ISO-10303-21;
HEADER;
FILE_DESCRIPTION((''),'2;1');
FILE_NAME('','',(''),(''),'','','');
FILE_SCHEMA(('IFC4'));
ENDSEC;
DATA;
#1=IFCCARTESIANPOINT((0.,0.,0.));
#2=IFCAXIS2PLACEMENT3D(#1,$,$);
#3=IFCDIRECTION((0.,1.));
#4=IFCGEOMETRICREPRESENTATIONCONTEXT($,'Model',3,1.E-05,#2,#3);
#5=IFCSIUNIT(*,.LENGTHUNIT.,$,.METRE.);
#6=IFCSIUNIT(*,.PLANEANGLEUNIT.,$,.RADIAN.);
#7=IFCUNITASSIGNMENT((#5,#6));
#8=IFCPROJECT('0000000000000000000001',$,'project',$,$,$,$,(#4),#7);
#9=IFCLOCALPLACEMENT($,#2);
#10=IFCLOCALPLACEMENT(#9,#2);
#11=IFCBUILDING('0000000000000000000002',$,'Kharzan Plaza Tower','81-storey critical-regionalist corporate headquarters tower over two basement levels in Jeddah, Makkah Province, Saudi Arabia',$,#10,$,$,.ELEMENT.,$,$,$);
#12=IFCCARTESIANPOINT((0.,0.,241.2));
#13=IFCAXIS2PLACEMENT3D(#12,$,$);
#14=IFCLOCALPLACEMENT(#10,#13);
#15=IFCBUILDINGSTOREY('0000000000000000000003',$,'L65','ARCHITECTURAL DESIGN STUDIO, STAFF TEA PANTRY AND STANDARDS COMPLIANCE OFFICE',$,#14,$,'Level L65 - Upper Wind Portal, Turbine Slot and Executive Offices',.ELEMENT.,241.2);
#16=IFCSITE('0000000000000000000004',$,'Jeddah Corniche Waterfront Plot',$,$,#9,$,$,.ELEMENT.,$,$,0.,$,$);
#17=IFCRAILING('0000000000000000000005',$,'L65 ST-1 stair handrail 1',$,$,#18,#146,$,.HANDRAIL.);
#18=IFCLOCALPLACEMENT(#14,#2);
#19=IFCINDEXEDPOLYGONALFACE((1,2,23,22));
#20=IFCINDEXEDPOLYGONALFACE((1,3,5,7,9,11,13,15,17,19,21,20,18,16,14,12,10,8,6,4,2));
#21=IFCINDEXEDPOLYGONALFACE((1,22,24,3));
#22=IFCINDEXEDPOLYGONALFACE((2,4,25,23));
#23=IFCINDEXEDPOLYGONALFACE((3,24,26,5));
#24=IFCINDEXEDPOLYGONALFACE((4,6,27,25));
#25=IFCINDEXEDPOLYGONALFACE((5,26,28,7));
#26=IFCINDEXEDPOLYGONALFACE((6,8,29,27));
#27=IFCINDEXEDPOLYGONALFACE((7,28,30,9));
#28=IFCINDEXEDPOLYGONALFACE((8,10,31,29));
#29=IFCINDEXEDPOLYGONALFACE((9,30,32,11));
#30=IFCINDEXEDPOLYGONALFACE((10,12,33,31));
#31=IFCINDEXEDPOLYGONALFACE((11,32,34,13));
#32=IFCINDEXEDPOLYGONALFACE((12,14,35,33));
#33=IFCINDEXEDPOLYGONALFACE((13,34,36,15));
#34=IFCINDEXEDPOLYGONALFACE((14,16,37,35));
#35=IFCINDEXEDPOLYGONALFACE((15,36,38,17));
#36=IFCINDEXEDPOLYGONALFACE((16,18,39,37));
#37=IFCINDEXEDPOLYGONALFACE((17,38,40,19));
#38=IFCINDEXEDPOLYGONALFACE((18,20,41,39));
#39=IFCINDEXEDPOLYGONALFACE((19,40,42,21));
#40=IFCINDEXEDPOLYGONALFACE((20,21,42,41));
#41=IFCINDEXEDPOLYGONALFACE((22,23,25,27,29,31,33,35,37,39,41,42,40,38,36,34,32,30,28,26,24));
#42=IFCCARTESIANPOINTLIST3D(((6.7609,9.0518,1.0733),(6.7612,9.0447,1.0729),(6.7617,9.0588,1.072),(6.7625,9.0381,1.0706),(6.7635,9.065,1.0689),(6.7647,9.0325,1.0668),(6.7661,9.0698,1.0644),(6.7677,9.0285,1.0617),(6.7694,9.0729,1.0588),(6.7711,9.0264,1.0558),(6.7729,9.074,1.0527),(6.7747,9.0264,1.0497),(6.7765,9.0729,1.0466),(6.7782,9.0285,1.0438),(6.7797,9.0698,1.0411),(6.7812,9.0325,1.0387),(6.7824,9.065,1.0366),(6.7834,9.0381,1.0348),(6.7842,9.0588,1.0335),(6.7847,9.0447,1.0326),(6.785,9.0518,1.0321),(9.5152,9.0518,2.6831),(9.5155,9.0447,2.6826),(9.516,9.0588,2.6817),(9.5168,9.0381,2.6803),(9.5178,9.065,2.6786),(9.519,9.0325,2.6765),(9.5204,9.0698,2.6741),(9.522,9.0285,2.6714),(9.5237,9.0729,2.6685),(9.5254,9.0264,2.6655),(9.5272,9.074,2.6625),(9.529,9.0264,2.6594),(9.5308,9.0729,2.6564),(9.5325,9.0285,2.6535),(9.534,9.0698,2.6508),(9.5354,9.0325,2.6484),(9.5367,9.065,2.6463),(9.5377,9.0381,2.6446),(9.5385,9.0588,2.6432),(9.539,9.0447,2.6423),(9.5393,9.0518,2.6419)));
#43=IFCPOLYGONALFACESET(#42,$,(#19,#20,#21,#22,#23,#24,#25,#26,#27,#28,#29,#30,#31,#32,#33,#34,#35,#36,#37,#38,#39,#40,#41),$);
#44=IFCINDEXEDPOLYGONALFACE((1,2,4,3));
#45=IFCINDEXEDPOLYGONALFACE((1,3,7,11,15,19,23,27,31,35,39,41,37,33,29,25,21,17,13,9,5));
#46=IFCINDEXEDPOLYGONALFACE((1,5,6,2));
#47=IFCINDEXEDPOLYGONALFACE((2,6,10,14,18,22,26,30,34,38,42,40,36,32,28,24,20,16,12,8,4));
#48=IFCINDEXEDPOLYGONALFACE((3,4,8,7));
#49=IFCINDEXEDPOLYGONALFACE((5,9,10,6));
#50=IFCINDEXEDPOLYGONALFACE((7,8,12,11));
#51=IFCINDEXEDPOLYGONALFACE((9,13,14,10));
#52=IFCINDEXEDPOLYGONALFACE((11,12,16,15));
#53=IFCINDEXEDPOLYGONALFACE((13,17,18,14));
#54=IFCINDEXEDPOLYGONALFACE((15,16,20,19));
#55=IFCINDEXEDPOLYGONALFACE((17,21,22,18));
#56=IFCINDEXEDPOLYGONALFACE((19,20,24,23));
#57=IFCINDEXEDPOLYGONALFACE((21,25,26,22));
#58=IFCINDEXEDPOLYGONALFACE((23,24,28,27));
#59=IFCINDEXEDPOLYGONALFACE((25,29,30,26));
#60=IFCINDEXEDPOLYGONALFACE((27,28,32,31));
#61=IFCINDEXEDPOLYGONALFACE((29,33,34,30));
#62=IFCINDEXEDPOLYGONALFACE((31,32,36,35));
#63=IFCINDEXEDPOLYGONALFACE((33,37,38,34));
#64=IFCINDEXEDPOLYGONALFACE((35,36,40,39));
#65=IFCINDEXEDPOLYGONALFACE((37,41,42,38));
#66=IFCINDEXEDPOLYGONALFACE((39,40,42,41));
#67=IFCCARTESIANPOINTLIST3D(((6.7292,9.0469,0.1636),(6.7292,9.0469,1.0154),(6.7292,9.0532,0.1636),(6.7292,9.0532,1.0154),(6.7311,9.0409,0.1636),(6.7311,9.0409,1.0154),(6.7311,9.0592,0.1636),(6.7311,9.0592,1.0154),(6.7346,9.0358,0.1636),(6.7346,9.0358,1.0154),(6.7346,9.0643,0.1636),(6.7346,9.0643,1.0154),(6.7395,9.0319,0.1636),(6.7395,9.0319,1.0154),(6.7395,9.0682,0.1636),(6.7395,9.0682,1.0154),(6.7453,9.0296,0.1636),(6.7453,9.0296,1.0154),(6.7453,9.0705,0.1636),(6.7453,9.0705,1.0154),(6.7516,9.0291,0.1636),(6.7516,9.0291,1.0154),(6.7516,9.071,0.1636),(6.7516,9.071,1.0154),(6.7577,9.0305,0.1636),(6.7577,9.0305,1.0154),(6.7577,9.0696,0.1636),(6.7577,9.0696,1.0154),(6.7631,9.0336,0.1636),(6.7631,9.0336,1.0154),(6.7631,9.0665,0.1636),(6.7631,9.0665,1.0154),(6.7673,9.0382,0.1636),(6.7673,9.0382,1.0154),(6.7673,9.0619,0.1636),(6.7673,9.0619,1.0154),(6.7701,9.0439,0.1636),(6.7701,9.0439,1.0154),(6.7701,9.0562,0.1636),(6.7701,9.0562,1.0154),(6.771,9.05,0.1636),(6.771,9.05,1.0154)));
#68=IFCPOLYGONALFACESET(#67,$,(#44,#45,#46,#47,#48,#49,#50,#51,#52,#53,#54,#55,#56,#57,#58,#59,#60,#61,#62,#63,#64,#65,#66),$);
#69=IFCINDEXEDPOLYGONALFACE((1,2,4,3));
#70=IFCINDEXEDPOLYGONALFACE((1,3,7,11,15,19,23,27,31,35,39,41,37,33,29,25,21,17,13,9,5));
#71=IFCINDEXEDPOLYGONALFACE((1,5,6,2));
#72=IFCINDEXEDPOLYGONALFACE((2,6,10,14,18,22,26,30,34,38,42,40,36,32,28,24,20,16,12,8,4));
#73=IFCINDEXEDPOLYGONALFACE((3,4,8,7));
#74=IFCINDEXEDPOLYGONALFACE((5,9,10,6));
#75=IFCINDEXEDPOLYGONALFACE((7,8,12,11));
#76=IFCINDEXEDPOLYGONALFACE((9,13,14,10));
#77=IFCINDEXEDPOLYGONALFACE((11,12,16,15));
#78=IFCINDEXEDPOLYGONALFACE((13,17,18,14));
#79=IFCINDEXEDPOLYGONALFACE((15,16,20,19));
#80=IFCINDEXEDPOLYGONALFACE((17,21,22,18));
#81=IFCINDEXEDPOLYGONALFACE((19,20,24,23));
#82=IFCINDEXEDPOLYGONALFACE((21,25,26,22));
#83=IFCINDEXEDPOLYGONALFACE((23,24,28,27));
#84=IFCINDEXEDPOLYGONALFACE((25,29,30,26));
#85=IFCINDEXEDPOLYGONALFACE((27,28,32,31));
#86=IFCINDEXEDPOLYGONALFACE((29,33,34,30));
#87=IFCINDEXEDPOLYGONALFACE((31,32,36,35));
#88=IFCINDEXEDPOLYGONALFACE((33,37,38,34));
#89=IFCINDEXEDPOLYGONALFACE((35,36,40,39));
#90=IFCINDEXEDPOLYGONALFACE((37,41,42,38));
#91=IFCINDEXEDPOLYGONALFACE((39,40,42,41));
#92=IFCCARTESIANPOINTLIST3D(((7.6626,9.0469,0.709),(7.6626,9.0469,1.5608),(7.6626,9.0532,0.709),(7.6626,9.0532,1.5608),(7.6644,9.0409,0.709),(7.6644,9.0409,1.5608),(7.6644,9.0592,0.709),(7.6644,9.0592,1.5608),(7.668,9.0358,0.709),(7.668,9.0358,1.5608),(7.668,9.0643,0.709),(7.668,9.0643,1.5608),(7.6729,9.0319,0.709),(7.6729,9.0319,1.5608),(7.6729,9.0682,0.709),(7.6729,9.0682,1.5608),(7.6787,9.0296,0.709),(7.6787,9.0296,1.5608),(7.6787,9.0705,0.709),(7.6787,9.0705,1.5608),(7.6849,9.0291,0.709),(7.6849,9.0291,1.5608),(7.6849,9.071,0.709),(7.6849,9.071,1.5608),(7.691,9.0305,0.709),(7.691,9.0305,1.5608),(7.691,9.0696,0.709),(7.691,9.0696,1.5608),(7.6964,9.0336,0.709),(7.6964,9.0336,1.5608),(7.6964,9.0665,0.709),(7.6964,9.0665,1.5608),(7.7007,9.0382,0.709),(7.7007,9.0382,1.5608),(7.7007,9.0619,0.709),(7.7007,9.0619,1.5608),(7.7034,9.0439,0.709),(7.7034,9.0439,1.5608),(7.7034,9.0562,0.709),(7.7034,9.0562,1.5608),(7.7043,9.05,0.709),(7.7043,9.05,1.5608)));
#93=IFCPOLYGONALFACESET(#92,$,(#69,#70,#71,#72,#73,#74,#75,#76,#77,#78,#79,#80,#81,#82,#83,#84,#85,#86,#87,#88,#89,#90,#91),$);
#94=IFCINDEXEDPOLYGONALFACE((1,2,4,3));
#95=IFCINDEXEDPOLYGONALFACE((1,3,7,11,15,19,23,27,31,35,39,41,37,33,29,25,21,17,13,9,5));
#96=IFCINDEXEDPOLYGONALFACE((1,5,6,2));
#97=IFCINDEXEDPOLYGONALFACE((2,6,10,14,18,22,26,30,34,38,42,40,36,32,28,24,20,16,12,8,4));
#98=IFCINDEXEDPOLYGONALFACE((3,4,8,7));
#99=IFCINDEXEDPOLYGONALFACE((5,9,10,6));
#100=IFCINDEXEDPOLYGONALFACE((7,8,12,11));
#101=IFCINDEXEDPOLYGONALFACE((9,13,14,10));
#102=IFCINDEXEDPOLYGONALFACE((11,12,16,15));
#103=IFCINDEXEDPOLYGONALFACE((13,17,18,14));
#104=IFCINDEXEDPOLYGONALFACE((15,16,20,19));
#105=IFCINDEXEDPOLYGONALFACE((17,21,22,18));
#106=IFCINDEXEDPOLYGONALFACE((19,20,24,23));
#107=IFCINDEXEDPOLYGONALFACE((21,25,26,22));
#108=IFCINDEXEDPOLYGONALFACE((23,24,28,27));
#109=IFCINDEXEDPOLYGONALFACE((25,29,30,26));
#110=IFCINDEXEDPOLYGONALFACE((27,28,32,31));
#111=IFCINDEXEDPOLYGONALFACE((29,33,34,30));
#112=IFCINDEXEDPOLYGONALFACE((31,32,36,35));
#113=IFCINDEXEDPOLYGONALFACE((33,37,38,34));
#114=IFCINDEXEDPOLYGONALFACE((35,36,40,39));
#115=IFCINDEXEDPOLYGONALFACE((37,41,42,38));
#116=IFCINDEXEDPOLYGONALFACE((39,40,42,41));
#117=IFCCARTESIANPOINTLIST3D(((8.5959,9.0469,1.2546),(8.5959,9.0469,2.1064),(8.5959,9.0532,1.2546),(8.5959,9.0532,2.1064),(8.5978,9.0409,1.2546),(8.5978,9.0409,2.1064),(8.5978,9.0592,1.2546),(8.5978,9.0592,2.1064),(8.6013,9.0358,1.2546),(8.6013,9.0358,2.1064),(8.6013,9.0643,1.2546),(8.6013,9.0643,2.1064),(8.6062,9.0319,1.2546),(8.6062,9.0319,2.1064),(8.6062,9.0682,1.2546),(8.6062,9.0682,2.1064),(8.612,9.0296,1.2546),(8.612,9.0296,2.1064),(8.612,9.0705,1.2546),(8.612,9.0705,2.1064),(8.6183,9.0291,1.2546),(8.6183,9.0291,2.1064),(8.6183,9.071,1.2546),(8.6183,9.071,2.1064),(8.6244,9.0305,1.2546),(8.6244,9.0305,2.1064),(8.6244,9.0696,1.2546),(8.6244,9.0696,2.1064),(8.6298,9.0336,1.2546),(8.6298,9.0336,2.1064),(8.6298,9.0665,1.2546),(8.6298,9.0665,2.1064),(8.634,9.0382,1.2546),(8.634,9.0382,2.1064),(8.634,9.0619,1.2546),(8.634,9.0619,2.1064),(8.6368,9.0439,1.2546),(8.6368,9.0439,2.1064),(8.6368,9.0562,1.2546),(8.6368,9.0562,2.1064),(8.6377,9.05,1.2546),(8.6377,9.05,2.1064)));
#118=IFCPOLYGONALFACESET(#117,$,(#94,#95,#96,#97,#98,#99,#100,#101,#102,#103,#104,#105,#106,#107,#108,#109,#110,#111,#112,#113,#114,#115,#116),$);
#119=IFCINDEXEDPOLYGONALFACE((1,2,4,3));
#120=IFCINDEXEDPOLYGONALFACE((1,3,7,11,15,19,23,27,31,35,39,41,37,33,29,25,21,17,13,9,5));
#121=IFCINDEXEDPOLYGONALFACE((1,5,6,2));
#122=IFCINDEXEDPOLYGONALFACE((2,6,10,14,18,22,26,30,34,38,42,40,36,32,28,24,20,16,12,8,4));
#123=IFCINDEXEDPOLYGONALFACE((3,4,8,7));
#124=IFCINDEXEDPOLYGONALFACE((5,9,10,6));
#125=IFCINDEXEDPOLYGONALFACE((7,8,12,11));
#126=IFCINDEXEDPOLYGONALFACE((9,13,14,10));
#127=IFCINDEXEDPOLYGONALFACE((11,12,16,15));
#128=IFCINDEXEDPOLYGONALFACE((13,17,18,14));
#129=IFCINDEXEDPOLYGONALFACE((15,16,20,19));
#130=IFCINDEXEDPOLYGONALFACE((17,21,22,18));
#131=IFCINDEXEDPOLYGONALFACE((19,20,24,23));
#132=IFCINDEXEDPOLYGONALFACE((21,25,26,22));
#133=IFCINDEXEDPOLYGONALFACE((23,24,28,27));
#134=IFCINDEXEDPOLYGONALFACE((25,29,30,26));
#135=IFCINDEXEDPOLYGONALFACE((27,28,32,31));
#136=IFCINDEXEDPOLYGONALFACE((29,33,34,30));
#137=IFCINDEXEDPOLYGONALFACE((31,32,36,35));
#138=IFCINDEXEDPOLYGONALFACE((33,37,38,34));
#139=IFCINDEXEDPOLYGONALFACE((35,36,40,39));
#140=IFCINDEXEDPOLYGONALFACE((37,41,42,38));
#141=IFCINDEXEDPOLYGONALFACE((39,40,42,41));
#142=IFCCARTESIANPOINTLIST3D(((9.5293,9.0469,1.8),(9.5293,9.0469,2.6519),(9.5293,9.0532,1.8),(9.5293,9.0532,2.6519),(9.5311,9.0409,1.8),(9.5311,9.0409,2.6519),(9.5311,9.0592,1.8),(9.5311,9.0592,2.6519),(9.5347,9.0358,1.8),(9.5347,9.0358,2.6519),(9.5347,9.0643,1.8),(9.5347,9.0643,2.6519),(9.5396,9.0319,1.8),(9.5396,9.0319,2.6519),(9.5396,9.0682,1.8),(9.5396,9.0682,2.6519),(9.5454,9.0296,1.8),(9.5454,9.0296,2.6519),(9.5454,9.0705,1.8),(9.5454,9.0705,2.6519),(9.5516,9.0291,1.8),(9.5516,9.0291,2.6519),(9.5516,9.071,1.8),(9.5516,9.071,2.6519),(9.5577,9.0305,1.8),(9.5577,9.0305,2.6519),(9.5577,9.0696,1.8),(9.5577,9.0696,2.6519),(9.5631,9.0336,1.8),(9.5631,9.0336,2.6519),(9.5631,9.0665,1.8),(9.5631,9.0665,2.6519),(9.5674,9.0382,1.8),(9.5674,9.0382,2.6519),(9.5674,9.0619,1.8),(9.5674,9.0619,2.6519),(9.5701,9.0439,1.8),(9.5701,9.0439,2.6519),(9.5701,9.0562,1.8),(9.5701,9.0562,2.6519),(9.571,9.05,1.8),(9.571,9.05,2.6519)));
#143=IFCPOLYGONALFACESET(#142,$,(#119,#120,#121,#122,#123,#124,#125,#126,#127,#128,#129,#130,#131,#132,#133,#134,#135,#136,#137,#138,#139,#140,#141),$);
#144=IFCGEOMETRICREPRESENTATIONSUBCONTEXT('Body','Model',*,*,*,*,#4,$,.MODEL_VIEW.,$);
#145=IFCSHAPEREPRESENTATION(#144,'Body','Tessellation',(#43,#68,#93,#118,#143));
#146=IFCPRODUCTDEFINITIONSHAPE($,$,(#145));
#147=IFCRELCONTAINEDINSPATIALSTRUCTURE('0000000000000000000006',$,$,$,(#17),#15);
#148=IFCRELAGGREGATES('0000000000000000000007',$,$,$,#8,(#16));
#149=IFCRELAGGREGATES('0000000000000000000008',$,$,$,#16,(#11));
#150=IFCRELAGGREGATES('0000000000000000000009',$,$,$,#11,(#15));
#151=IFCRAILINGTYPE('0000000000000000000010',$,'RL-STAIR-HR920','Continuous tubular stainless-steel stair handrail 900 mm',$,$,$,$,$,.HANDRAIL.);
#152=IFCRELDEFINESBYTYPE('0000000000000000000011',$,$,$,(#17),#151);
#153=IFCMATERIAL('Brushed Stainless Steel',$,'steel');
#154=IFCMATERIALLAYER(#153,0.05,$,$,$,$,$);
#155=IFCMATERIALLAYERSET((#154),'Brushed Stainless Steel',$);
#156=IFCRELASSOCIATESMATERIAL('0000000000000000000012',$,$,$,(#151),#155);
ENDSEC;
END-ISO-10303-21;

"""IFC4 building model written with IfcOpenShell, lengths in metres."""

from ifc_helpers import new_model, si_unit, direction, frame, origin, origin_2d, place, context, subcontext, project, spatial, circle, extrude, source, transform, mapped, material, layer, layer_set, type_object, element, save


model = new_model("IFC4")

# Units and contexts
model_context = context("Model", 3, precision=1e-05, world=origin(), true_north=direction((0.0, 1.0)))
body_context = subcontext(model_context, "Body", "Model", "MODEL_VIEW")
ifc_project = project(units=[si_unit("LENGTHUNIT", "METRE"), si_unit("PLANEANGLEUNIT", "RADIAN")], contexts=[model_context])

# Site, building, storey
site_placement = place(None, origin())
site = spatial("IfcSite", under=ifc_project, at=site_placement, Name="Jeddah Corniche Waterfront Plot", CompositionType="ELEMENT", RefElevation=0.0)
building_placement = place(site_placement, origin())
building = spatial("IfcBuilding", under=site, at=building_placement, Name="Kharzan Plaza Tower", Description="81-storey critical-regionalist corporate headquarters tower over two basement levels in Jeddah, Makkah Province, Saudi Arabia", CompositionType="ELEMENT")
storey_placement = place(building_placement, frame((0.0, 0.0, 241.2)))
storey = spatial("IfcBuildingStorey", under=building, at=storey_placement, Name="L65", Description="ARCHITECTURAL DESIGN STUDIO, STAFF TEA PANTRY AND STANDARDS COMPLIANCE OFFICE", LongName="Level L65 - Upper Wind Portal, Turbine Slot and Executive Offices", CompositionType="ELEMENT", Elevation=241.2)

# Railing
ifc_material_1 = material(Name="Brushed Stainless Steel", Category="steel")
ifc_layer_1 = layer(ifc_material_1, 0.05)
ifc_layer_set_1 = layer_set([ifc_layer_1], Name="Brushed Stainless Steel")
railing_type_1 = type_object("IfcRailingType", Name="RL-STAIR-HR920", Description="Continuous tubular stainless-steel stair handrail 900 mm", PredefinedType="HANDRAIL", material=ifc_layer_set_1)
shared_shape_1 = source(origin(), body_context, "Body", "SweptSolid", [
    extrude(circle(Radius=0.0239, at=origin_2d()), frame((0.0229, 0.0, 0.8892), z_axis=(0.863361, 0.0, 0.504587), x_axis=(0.0, 1.0, 0.0)), (0.0, 0.0, 1.0), 3.1902),
    extrude(circle(Radius=0.021, at=origin_2d()), origin(), (0.0, 0.0, 1.0), 0.8518),
    extrude(circle(Radius=0.021, at=origin_2d()), frame((0.9333, 0.0, 0.5454)), (0.0, 0.0, 1.0), 0.8518),
    extrude(circle(Radius=0.021, at=origin_2d()), frame((1.8667, 0.0, 1.0911)), (0.0, 0.0, 1.0), 0.8518),
    extrude(circle(Radius=0.021, at=origin_2d()), frame((2.8, 0.0, 1.6365)), (0.0, 0.0, 1.0), 0.8518),
])
railing_1_placement = place(storey_placement, frame((6.75, 9.05, 0.1636)))
element("IfcRailing", 1, at=railing_1_placement, inside=storey, type_object=railing_type_1, Name="L65 ST-1 stair handrail 1", PredefinedType="HANDRAIL", context=body_context, shape_type="MappedRepresentation", body=[
    mapped(shared_shape_1, transform((0.0, 0.0, 0.0), x_axis=(1.0, 0.0, 0.0), y_axis=(0.0, 1.0, 0.0), z_axis=(0.0, 0.0, 1.0))),
])

save(model, "model.ifc")
